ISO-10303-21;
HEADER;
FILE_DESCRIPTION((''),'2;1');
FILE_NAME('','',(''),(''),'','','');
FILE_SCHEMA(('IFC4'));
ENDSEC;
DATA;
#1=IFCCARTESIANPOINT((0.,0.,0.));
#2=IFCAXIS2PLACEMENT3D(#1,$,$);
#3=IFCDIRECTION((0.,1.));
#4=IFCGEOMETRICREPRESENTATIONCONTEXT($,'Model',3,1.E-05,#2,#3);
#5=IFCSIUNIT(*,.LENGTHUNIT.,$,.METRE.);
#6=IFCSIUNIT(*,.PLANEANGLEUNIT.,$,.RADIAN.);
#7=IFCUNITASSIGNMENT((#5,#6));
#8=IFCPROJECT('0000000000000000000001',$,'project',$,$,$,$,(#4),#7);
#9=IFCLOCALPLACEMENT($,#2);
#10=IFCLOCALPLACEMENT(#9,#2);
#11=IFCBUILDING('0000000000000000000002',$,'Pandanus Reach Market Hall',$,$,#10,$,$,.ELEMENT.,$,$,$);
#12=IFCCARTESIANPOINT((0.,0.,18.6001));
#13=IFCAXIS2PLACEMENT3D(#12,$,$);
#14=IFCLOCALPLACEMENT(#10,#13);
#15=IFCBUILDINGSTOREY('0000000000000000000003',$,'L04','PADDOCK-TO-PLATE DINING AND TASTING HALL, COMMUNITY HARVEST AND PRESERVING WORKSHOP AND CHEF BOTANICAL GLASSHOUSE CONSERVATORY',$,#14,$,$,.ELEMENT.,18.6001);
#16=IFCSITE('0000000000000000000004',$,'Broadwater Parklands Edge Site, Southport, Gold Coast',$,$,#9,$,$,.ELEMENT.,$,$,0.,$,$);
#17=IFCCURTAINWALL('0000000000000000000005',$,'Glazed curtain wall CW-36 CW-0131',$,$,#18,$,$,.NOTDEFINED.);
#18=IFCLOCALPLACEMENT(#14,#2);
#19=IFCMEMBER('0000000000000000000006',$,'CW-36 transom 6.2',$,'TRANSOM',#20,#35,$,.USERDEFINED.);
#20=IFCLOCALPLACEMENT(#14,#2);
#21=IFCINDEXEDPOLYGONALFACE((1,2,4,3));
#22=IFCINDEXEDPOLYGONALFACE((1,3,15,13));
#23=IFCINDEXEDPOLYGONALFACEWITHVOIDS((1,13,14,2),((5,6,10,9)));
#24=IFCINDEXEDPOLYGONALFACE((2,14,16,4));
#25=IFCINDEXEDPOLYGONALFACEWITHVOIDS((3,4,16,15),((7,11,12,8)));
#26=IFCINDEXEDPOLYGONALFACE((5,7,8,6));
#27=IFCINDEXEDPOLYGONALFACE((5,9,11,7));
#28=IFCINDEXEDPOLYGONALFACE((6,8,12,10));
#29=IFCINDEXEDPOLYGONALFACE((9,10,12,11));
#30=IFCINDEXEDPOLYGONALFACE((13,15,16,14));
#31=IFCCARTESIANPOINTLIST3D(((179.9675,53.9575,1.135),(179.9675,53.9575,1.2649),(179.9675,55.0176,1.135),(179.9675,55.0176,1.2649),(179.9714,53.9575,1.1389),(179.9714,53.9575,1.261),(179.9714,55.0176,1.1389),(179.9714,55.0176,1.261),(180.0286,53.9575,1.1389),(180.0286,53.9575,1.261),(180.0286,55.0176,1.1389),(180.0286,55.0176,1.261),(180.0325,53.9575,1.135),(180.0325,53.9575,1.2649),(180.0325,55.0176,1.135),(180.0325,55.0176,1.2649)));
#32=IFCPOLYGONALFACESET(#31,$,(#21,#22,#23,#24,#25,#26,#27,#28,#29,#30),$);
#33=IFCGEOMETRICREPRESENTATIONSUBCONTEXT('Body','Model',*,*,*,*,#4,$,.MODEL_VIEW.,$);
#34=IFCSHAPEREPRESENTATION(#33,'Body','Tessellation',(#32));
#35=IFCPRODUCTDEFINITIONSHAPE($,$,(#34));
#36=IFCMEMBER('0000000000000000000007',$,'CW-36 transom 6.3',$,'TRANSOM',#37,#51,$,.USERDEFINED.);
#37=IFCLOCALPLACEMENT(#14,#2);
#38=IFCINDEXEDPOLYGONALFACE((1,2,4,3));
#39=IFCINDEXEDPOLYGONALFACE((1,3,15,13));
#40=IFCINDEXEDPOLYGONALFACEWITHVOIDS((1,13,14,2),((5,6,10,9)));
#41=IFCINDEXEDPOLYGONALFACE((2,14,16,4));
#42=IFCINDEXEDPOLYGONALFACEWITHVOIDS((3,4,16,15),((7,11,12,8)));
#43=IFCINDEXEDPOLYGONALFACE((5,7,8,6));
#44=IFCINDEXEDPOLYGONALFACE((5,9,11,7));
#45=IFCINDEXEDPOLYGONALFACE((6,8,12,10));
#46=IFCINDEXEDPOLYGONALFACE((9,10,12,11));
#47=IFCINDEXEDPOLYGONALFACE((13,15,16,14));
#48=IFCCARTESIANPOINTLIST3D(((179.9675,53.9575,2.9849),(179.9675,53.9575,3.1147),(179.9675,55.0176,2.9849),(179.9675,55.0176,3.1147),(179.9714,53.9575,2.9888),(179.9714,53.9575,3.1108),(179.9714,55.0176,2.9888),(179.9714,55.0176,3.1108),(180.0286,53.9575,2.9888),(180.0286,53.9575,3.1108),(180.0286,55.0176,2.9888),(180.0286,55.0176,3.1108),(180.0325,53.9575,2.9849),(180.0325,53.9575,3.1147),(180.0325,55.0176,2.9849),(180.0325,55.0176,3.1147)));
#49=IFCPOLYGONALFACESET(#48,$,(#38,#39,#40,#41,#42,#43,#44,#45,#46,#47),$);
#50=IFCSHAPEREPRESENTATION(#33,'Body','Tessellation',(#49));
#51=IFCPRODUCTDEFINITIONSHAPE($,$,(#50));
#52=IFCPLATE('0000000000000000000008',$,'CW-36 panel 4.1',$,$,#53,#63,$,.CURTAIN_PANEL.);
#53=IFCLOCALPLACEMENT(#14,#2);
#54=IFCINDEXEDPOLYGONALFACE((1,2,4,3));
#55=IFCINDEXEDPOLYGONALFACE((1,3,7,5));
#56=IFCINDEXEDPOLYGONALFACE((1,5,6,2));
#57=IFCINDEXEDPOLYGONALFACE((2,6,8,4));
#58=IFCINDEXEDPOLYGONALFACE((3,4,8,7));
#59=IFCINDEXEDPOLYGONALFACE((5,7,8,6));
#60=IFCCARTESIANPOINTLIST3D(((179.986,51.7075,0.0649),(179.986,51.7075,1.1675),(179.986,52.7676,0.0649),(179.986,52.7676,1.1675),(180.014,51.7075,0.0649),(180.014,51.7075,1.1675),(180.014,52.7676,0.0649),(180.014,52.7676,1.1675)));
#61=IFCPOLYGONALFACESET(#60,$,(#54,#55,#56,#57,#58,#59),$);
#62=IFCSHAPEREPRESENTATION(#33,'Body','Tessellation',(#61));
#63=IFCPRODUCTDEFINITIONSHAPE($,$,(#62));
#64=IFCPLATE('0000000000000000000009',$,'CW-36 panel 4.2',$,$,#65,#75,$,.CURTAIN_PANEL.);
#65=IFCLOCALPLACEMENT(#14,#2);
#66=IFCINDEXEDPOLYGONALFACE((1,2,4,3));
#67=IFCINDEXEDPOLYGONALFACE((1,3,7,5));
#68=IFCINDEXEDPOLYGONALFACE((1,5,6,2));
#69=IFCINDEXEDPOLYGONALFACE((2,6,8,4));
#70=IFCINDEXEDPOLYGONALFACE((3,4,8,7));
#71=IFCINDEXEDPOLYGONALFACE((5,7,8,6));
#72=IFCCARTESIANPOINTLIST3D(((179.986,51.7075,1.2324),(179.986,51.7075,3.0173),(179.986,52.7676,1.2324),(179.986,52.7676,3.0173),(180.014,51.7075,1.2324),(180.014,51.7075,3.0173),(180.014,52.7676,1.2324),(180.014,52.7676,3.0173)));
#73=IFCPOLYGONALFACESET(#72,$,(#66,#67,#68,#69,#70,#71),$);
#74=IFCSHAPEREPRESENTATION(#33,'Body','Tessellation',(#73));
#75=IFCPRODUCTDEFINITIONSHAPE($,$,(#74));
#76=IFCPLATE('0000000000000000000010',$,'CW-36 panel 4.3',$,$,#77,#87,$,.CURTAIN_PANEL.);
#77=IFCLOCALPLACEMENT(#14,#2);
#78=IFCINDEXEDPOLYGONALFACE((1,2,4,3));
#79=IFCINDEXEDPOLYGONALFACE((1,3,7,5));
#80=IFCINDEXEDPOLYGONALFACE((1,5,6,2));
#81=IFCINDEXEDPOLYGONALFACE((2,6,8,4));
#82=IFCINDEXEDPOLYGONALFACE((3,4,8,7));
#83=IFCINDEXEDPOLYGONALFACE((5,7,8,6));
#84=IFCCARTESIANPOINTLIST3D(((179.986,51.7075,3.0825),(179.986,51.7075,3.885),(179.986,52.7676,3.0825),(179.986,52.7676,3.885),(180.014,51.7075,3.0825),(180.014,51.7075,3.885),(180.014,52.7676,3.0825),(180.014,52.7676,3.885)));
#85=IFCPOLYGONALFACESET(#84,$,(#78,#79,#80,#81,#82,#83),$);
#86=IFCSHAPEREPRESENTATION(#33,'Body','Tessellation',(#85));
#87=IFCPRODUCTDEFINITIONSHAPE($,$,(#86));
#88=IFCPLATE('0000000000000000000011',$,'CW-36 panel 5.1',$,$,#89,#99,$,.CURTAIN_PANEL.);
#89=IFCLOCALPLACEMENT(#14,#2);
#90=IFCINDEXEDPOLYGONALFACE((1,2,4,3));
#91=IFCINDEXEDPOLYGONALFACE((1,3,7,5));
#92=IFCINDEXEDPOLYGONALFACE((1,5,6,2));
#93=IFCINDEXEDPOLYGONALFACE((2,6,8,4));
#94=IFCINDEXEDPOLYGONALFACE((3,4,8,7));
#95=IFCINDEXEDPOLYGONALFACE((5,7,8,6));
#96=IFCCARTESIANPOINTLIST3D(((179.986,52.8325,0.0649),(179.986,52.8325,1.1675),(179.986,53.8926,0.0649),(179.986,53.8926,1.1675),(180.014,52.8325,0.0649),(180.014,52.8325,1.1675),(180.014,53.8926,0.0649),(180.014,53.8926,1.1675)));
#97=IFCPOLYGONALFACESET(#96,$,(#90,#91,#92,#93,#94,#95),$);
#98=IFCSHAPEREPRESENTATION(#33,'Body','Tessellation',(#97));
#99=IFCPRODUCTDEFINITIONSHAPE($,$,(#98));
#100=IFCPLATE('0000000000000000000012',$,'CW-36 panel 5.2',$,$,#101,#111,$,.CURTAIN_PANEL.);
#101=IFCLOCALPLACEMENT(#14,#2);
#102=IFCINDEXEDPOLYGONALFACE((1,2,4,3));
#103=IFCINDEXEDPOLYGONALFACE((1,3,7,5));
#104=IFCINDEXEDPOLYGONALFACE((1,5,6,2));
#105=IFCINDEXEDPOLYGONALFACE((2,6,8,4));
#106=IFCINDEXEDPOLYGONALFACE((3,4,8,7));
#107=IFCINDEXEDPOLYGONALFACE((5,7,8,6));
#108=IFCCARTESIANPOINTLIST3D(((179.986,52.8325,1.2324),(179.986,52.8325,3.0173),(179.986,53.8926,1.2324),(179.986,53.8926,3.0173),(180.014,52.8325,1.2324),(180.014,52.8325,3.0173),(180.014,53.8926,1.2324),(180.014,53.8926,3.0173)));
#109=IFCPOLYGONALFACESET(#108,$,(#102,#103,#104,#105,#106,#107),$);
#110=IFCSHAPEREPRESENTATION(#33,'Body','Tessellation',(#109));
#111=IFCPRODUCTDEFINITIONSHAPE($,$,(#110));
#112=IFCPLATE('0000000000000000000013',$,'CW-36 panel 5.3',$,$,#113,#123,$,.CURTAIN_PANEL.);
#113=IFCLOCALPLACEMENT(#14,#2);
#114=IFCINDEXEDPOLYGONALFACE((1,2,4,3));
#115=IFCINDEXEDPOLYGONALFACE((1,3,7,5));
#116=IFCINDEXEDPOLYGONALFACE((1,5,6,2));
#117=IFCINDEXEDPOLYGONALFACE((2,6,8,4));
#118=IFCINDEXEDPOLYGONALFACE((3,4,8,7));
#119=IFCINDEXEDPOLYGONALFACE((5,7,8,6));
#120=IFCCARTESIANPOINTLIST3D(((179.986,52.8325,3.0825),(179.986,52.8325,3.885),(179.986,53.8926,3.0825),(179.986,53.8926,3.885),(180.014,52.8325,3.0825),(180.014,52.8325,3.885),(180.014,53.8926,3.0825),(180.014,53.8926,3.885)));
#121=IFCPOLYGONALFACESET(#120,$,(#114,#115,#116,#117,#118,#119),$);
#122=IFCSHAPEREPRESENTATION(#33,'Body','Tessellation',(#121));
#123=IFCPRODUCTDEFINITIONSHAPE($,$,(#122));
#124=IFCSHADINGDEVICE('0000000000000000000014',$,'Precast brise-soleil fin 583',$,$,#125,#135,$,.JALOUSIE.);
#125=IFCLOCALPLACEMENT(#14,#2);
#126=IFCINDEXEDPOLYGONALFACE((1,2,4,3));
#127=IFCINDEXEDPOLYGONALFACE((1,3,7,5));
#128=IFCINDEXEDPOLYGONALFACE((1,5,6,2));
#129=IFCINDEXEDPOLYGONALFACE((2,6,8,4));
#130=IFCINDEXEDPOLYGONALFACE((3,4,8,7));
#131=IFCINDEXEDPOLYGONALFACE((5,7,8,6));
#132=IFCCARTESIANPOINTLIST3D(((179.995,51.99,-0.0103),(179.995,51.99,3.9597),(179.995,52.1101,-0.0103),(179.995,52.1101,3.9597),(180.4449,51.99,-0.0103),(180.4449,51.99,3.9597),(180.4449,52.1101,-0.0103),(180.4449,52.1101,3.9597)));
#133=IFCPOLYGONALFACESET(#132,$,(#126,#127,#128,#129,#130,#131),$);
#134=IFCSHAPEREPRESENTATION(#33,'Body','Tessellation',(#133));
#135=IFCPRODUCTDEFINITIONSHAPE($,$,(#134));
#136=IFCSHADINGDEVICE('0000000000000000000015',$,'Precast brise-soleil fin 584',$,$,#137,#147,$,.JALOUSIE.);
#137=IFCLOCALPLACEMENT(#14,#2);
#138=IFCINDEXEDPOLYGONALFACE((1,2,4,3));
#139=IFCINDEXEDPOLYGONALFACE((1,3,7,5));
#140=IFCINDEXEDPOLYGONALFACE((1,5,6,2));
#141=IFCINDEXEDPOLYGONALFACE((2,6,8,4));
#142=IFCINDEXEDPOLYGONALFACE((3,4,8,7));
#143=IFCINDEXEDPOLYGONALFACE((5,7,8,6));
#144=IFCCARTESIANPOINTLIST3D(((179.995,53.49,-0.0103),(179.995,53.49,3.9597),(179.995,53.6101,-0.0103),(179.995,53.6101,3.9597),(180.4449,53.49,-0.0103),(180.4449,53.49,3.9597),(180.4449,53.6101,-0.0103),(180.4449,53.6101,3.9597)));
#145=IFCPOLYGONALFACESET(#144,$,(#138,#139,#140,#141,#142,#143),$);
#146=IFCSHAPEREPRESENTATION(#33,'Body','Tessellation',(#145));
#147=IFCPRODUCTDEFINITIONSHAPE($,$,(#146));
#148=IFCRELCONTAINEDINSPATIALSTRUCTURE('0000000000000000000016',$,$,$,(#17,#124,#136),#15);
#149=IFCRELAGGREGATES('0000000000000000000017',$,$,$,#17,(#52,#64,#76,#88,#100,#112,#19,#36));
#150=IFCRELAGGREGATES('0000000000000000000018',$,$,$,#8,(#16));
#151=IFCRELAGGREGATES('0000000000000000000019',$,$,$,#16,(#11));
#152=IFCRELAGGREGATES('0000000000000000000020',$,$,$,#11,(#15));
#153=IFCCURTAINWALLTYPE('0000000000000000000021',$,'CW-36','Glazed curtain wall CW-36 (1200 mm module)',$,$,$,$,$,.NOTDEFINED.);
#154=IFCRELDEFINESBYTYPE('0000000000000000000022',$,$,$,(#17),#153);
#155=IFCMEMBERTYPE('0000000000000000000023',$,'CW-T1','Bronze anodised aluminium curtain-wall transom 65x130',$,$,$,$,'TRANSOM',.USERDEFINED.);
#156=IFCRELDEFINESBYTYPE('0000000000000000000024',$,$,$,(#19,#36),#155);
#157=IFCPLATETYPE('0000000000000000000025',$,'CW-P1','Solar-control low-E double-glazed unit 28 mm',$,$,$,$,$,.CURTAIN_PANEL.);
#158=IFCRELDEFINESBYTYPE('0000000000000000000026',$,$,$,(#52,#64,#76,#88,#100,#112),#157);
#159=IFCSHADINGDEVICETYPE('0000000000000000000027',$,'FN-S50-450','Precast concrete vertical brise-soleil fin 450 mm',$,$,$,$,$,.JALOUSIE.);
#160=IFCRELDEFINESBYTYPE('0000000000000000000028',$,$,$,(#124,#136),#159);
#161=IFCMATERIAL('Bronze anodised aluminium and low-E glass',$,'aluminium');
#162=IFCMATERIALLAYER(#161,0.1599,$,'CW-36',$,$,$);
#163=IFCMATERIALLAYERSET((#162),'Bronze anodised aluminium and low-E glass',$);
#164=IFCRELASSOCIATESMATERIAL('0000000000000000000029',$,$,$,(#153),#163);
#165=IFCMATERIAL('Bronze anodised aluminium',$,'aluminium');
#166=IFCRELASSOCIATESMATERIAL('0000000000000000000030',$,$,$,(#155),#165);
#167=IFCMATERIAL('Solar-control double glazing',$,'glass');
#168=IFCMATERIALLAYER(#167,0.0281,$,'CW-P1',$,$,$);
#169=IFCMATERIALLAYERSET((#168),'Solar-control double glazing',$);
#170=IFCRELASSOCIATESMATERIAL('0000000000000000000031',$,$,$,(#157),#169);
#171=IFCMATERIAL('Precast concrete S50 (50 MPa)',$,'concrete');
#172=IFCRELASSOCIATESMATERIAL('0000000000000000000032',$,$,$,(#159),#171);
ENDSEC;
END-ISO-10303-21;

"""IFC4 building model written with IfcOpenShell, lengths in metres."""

from ifc_helpers import new_model, si_unit, direction, frame, origin, origin_2d, place, context, subcontext, project, spatial, rectangle, hollow_rectangle, extrude, material, layer, layer_set, material_profile, profile_set, type_object, element, aggregate, save


model = new_model("IFC4")

# Units and contexts
model_context = context("Model", 3, precision=1e-05, world=origin(), true_north=direction((0.0, 1.0)))
body_context = subcontext(model_context, "Body", "Model", "MODEL_VIEW")
ifc_project = project(units=[si_unit("LENGTHUNIT", "METRE"), si_unit("PLANEANGLEUNIT", "RADIAN")], contexts=[model_context])

# Site, building, storey
site_placement = place(None, origin())
site = spatial("IfcSite", under=ifc_project, at=site_placement, Name="Broadwater Parklands Edge Site, Southport, Gold Coast", CompositionType="ELEMENT", RefElevation=0.0)
building_placement = place(site_placement, origin())
building = spatial("IfcBuilding", under=site, at=building_placement, Name="Pandanus Reach Market Hall", CompositionType="ELEMENT")
storey_placement = place(building_placement, frame((0.0, 0.0, 18.6001)))
storey = spatial("IfcBuildingStorey", under=building, at=storey_placement, Name="L04", Description="PADDOCK-TO-PLATE DINING AND TASTING HALL, COMMUNITY HARVEST AND PRESERVING WORKSHOP AND CHEF BOTANICAL GLASSHOUSE CONSERVATORY", CompositionType="ELEMENT", Elevation=18.6001)

# Curtain wall, members, plates
ifc_material_1 = material(Name="Bronze anodised aluminium and low-E glass", Category="aluminium")
ifc_layer_1 = layer(ifc_material_1, 0.1599, Name="CW-36")
ifc_layer_set_1 = layer_set([ifc_layer_1], Name="Bronze anodised aluminium and low-E glass")
curtain_wall_type = type_object("IfcCurtainWallType", Name="CW-36", Description="Glazed curtain wall CW-36 (1200 mm module)", PredefinedType="NOTDEFINED", material=ifc_layer_set_1)
curtain_wall_placement = place(storey_placement, origin())
curtain_wall = element("IfcCurtainWall", 1, at=curtain_wall_placement, inside=storey, type_object=curtain_wall_type, Name="Glazed curtain wall CW-36 CW-0131", PredefinedType="NOTDEFINED")
ifc_material_2 = material(Name="Bronze anodised aluminium", Category="aluminium")
ifc_material_profile_1 = material_profile(ifc_material_2, hollow_rectangle(XDim=0.0649, YDim=0.1299, WallThickness=0.0039, at=origin_2d()), Name="ALU65x130", Category="LoadBearing")
ifc_profile_set_1 = profile_set([ifc_material_profile_1], Name="Bronze anodised aluminium")
member_type_1 = type_object("IfcMemberType", Name="CW-T1", Description="Bronze anodised aluminium curtain-wall transom 65x130", ElementType="TRANSOM", PredefinedType="USERDEFINED", material=ifc_profile_set_1)
member_1_placement = place(storey_placement, frame((180.0, 53.9575, 1.2), z_axis=(0.0, 1.0, 0.0), x_axis=(-1.0, 0.0, 0.0)))
member_1 = element("IfcMember", 2, at=member_1_placement, type_object=member_type_1, Name="CW-36 transom 6.2", ObjectType="TRANSOM", PredefinedType="USERDEFINED", context=body_context, shape_type="SweptSolid", body=[
    extrude(hollow_rectangle(XDim=0.0649, YDim=0.1299, WallThickness=0.0039, at=origin_2d()), origin(), (0.0, 0.0, 1.0), 1.0601),
])
member_2_placement = place(storey_placement, frame((180.0, 53.9575, 3.0498), z_axis=(0.0, 1.0, 0.0), x_axis=(-1.0, 0.0, 0.0)))
member_2 = element("IfcMember", 3, at=member_2_placement, type_object=member_type_1, Name="CW-36 transom 6.3", ObjectType="TRANSOM", PredefinedType="USERDEFINED", context=body_context, shape_type="SweptSolid", body=[
    extrude(hollow_rectangle(XDim=0.0649, YDim=0.1299, WallThickness=0.0039, at=origin_2d()), origin(), (0.0, 0.0, 1.0), 1.0601),
])
ifc_material_3 = material(Name="Solar-control double glazing", Category="glass")
ifc_layer_2 = layer(ifc_material_3, 0.0281, Name="CW-P1")
ifc_layer_set_2 = layer_set([ifc_layer_2], Name="Solar-control double glazing")
plate_type = type_object("IfcPlateType", Name="CW-P1", Description="Solar-control low-E double-glazed unit 28 mm", PredefinedType="CURTAIN_PANEL", material=ifc_layer_set_2)
plate_1_placement = place(storey_placement, frame((180.0, 52.2375, 0.0649), z_axis=(0.0, 0.0, 1.0), x_axis=(0.0, 1.0, 0.0)))
plate_1 = element("IfcPlate", 4, at=plate_1_placement, type_object=plate_type, Name="CW-36 panel 4.1", PredefinedType="CURTAIN_PANEL", context=body_context, shape_type="SweptSolid", body=[
    extrude(rectangle(XDim=1.0601, YDim=0.0281, at=origin_2d()), origin(), (0.0, 0.0, 1.0), 1.1025),
])
plate_2_placement = place(storey_placement, frame((180.0, 52.2375, 1.2324), z_axis=(0.0, 0.0, 1.0), x_axis=(0.0, 1.0, 0.0)))
plate_2 = element("IfcPlate", 5, at=plate_2_placement, type_object=plate_type, Name="CW-36 panel 4.2", PredefinedType="CURTAIN_PANEL", context=body_context, shape_type="SweptSolid", body=[
    extrude(rectangle(XDim=1.0601, YDim=0.0281, at=origin_2d()), origin(), (0.0, 0.0, 1.0), 1.7849),
])
plate_3_placement = place(storey_placement, frame((180.0, 52.2375, 3.0825), z_axis=(0.0, 0.0, 1.0), x_axis=(0.0, 1.0, 0.0)))
plate_3 = element("IfcPlate", 6, at=plate_3_placement, type_object=plate_type, Name="CW-36 panel 4.3", PredefinedType="CURTAIN_PANEL", context=body_context, shape_type="SweptSolid", body=[
    extrude(rectangle(XDim=1.0601, YDim=0.0281, at=origin_2d()), origin(), (0.0, 0.0, 1.0), 0.8025),
])
plate_4_placement = place(storey_placement, frame((180.0, 53.3625, 0.0649), z_axis=(0.0, 0.0, 1.0), x_axis=(0.0, 1.0, 0.0)))
plate_4 = element("IfcPlate", 7, at=plate_4_placement, type_object=plate_type, Name="CW-36 panel 5.1", PredefinedType="CURTAIN_PANEL", context=body_context, shape_type="SweptSolid", body=[
    extrude(rectangle(XDim=1.0601, YDim=0.0281, at=origin_2d()), origin(), (0.0, 0.0, 1.0), 1.1025),
])
plate_5_placement = place(storey_placement, frame((180.0, 53.3625, 1.2324), z_axis=(0.0, 0.0, 1.0), x_axis=(0.0, 1.0, 0.0)))
plate_5 = element("IfcPlate", 8, at=plate_5_placement, type_object=plate_type, Name="CW-36 panel 5.2", PredefinedType="CURTAIN_PANEL", context=body_context, shape_type="SweptSolid", body=[
    extrude(rectangle(XDim=1.0601, YDim=0.0281, at=origin_2d()), origin(), (0.0, 0.0, 1.0), 1.7849),
])
plate_6_placement = place(storey_placement, frame((180.0, 53.3625, 3.0825), z_axis=(0.0, 0.0, 1.0), x_axis=(0.0, 1.0, 0.0)))
plate_6 = element("IfcPlate", 9, at=plate_6_placement, type_object=plate_type, Name="CW-36 panel 5.3", PredefinedType="CURTAIN_PANEL", context=body_context, shape_type="SweptSolid", body=[
    extrude(rectangle(XDim=1.0601, YDim=0.0281, at=origin_2d()), origin(), (0.0, 0.0, 1.0), 0.8025),
])
aggregate(curtain_wall, [plate_1, plate_2, plate_3, plate_4, plate_5, plate_6, member_1, member_2])

# Shading devices
ifc_material_4 = material(Name="Precast concrete S50 (50 MPa)", Category="concrete")
shading_device_type = type_object("IfcShadingDeviceType", Name="FN-S50-450", Description="Precast concrete vertical brise-soleil fin 450 mm", PredefinedType="JALOUSIE", material=ifc_material_4)
for number, where, z_axis, x_axis, name in (
    (10, (180.22, 52.05, -0.0103), (0.0, 0.0, 1.0), (1.0, 0.0, 0.0), "Precast brise-soleil fin 583"),
    (11, (180.22, 53.55, -0.0103), (0.0, 0.0, 1.0), (1.0, 0.0, 0.0), "Precast brise-soleil fin 584"),
):
    element("IfcShadingDevice", number, at=place(storey_placement, frame(where, z_axis=z_axis, x_axis=x_axis)), inside=storey, type_object=shading_device_type, Name=name, PredefinedType="JALOUSIE", context=body_context, shape_type="SweptSolid", body=[
        extrude(rectangle(XDim=0.45, YDim=0.1201, at=origin_2d()), origin(), (0.0, 0.0, 1.0), 3.97),
    ])

save(model, "model.ifc")
